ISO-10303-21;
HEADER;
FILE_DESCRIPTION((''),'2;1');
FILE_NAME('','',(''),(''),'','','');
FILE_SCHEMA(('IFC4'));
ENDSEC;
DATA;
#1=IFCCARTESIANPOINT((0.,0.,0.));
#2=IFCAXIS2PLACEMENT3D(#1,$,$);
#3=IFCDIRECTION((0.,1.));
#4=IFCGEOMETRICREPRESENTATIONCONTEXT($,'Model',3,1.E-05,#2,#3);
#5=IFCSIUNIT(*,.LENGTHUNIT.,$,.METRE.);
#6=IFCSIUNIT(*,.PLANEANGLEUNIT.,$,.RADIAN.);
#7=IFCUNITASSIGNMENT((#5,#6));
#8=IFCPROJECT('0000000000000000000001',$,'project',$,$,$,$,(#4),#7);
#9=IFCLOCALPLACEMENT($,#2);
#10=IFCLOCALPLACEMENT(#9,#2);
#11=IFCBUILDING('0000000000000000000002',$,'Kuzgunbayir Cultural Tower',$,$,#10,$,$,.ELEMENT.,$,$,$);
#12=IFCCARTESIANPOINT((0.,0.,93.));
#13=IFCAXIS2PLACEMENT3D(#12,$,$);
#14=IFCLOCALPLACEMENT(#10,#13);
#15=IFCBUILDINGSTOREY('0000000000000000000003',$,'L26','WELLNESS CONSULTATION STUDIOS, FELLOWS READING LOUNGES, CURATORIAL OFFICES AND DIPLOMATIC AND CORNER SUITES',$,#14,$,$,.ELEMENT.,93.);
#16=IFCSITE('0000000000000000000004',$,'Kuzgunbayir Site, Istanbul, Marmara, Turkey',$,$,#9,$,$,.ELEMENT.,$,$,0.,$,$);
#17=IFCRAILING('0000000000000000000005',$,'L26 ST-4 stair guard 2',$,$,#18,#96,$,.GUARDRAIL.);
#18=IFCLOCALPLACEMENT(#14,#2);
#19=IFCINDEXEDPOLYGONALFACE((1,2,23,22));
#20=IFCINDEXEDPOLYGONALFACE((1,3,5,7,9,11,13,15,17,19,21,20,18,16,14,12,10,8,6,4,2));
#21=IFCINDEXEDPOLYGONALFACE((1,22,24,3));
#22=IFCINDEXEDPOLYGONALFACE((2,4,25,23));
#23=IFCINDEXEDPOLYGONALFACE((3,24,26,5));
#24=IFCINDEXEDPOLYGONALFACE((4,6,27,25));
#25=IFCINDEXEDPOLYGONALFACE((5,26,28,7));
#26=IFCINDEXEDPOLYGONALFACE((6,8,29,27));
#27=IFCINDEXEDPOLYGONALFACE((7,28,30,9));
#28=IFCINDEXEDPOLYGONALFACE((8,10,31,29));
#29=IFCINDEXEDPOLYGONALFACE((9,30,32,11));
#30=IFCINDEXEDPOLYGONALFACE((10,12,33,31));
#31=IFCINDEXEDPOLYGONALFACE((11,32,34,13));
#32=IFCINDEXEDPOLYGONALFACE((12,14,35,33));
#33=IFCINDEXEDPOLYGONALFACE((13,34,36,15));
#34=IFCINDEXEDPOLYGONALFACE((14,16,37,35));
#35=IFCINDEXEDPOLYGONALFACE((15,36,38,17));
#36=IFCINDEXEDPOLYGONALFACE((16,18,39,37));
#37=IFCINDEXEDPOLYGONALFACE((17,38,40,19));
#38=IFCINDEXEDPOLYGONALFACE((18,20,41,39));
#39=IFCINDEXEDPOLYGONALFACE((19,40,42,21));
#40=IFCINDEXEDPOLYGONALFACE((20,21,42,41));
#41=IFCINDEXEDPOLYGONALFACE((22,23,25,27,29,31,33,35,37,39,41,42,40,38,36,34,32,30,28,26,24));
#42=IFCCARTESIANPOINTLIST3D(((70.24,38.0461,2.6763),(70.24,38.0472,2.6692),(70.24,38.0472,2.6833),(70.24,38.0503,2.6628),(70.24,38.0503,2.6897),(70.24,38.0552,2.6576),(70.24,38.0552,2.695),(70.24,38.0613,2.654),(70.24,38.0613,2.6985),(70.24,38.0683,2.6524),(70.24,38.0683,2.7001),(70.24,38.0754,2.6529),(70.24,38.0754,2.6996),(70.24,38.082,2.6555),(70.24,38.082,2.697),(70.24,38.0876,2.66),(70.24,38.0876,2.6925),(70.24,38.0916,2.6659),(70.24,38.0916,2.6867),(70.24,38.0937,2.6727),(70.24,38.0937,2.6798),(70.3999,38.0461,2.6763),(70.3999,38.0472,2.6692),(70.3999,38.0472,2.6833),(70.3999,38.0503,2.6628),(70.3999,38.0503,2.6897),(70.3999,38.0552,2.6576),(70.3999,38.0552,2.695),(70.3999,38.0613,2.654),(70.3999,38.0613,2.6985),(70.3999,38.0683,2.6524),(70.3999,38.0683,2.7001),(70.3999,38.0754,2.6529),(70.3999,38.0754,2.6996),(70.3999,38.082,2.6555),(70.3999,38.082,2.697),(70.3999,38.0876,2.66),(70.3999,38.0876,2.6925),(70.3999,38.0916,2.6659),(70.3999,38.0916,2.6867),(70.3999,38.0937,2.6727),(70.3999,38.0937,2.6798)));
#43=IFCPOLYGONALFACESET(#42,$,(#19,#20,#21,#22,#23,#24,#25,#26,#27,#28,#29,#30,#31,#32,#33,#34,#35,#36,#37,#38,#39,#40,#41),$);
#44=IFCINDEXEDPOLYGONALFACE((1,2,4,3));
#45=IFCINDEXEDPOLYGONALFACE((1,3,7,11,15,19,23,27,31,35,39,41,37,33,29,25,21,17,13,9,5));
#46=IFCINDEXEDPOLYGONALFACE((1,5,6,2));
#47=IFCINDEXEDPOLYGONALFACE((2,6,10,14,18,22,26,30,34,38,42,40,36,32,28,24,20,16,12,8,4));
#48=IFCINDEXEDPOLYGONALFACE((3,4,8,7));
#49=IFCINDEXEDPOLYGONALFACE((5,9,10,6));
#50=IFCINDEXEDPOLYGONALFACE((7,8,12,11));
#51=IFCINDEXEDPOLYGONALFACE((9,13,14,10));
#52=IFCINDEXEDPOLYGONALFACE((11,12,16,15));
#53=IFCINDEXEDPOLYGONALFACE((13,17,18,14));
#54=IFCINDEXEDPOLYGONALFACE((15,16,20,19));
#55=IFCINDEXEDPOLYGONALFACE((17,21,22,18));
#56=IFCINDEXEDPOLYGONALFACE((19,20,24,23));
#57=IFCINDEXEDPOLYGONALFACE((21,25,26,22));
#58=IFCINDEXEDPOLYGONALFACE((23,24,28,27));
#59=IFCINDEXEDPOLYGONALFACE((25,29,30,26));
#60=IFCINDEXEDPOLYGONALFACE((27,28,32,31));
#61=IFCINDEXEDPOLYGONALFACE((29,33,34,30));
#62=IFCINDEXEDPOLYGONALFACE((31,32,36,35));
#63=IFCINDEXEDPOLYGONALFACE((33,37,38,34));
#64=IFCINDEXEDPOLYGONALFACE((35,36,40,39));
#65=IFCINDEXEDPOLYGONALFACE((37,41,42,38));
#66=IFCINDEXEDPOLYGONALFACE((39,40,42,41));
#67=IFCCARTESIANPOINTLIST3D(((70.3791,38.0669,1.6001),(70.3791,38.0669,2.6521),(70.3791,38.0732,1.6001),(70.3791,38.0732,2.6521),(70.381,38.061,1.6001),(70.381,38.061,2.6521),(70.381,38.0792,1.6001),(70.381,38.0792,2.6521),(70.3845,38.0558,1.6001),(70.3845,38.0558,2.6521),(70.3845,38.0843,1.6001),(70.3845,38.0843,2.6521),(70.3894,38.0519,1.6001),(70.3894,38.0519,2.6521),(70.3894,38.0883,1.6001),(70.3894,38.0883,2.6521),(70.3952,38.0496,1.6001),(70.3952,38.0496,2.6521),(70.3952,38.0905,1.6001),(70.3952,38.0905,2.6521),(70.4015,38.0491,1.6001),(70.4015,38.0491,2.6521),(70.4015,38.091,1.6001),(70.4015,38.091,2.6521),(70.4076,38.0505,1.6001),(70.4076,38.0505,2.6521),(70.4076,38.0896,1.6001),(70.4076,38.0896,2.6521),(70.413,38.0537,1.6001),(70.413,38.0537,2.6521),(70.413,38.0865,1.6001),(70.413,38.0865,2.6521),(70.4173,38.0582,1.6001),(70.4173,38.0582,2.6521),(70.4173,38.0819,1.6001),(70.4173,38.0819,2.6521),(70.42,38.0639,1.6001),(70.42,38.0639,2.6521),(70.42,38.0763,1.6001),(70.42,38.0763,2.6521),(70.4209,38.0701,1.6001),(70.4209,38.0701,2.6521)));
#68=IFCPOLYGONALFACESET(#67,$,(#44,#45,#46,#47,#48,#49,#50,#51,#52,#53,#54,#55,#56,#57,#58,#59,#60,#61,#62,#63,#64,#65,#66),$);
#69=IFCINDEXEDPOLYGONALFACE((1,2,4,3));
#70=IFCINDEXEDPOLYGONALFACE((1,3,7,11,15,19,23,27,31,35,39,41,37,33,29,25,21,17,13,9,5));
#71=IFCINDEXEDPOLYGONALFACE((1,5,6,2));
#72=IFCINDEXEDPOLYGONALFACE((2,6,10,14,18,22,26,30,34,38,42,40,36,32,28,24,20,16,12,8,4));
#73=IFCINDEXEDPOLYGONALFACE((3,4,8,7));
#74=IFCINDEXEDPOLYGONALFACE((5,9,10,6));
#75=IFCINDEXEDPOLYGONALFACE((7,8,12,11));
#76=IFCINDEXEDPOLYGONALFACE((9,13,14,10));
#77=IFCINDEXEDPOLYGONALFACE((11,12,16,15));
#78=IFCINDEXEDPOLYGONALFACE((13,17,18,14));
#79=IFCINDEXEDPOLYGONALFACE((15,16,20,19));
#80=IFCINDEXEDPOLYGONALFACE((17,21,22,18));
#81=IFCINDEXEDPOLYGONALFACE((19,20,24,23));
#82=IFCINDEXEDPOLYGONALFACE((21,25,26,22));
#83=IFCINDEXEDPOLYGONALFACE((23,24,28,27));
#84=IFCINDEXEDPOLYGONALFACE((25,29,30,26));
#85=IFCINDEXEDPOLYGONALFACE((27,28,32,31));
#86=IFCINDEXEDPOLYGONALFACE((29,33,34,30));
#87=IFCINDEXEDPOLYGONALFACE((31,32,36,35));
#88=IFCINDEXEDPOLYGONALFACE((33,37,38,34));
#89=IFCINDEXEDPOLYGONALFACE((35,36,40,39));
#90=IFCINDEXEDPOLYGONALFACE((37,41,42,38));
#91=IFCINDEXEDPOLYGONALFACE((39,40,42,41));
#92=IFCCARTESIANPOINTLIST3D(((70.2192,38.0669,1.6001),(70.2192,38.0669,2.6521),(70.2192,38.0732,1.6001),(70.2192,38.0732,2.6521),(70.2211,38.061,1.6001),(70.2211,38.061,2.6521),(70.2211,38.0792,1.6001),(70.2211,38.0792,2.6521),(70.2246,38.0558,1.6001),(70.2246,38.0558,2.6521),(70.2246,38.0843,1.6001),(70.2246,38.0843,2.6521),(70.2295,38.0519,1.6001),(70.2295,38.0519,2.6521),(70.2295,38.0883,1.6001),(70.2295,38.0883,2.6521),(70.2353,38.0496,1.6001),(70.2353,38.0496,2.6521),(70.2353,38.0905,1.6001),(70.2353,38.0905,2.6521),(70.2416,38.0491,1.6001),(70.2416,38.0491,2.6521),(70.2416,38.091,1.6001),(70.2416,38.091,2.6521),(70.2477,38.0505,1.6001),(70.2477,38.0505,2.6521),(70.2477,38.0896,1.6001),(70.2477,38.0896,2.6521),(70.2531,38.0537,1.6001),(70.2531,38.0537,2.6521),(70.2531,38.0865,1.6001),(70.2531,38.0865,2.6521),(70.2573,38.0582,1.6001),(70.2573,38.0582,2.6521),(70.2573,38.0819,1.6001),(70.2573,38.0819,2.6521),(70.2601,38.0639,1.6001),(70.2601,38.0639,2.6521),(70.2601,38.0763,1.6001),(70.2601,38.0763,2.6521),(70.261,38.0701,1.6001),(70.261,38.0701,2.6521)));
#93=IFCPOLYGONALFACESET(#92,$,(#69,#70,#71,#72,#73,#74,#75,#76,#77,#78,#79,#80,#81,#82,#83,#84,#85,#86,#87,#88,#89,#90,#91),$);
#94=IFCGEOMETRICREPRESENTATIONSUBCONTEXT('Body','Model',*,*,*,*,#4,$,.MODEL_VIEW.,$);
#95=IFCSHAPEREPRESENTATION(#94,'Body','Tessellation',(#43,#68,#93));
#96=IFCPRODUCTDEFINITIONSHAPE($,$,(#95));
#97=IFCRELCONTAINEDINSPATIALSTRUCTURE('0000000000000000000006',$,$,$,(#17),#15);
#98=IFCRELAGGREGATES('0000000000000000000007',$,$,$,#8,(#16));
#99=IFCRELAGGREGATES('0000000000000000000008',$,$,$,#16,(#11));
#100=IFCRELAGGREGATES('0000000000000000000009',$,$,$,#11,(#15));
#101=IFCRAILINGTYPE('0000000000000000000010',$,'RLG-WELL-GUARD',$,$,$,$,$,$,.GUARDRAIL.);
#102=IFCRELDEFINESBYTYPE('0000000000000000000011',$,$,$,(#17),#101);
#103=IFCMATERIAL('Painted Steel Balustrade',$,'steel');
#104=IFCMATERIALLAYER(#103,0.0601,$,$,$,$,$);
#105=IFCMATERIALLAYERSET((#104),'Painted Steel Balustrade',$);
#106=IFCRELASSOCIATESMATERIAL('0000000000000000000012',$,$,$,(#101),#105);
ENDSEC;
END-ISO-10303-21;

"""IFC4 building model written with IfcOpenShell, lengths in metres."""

from ifc_helpers import new_model, si_unit, direction, frame, origin, origin_2d, place, context, subcontext, project, spatial, circle, extrude, material, layer, layer_set, type_object, element, save


model = new_model("IFC4")

# Units and contexts
model_context = context("Model", 3, precision=1e-05, world=origin(), true_north=direction((0.0, 1.0)))
body_context = subcontext(model_context, "Body", "Model", "MODEL_VIEW")
ifc_project = project(units=[si_unit("LENGTHUNIT", "METRE"), si_unit("PLANEANGLEUNIT", "RADIAN")], contexts=[model_context])

# Site, building, storey
site_placement = place(None, origin())
site = spatial("IfcSite", under=ifc_project, at=site_placement, Name="Kuzgunbayir Site, Istanbul, Marmara, Turkey", CompositionType="ELEMENT", RefElevation=0.0)
building_placement = place(site_placement, origin())
building = spatial("IfcBuilding", under=site, at=building_placement, Name="Kuzgunbayir Cultural Tower", CompositionType="ELEMENT")
storey_placement = place(building_placement, frame((0.0, 0.0, 93.0)))
storey = spatial("IfcBuildingStorey", under=building, at=storey_placement, Name="L26", Description="WELLNESS CONSULTATION STUDIOS, FELLOWS READING LOUNGES, CURATORIAL OFFICES AND DIPLOMATIC AND CORNER SUITES", CompositionType="ELEMENT", Elevation=93.0)

# Railing
ifc_material_1 = material(Name="Painted Steel Balustrade", Category="steel")
ifc_layer_1 = layer(ifc_material_1, 0.0601)
ifc_layer_set_1 = layer_set([ifc_layer_1], Name="Painted Steel Balustrade")
railing_type_1 = type_object("IfcRailingType", Name="RLG-WELL-GUARD", PredefinedType="GUARDRAIL", material=ifc_layer_set_1)
railing_1_placement = place(storey_placement, frame((70.3999, 38.0701, 1.6001)))
element("IfcRailing", 1, at=railing_1_placement, inside=storey, type_object=railing_type_1, Name="L26 ST-4 stair guard 2", PredefinedType="GUARDRAIL", context=body_context, shape_type="SweptSolid", body=[
    extrude(circle(Radius=0.0239, at=origin_2d()), frame((0.0, 0.0, 1.0762), z_axis=(-1.0, 0.0, 0.0), x_axis=(0.0, -1.0, 0.0)), (0.0, 0.0, 1.0), 0.1599),
    extrude(circle(Radius=0.021, at=origin_2d()), origin(), (0.0, 0.0, 1.0), 1.052),
    extrude(circle(Radius=0.021, at=origin_2d()), frame((-0.1599, 0.0, 0.0)), (0.0, 0.0, 1.0), 1.052),
])

save(model, "model.ifc")
